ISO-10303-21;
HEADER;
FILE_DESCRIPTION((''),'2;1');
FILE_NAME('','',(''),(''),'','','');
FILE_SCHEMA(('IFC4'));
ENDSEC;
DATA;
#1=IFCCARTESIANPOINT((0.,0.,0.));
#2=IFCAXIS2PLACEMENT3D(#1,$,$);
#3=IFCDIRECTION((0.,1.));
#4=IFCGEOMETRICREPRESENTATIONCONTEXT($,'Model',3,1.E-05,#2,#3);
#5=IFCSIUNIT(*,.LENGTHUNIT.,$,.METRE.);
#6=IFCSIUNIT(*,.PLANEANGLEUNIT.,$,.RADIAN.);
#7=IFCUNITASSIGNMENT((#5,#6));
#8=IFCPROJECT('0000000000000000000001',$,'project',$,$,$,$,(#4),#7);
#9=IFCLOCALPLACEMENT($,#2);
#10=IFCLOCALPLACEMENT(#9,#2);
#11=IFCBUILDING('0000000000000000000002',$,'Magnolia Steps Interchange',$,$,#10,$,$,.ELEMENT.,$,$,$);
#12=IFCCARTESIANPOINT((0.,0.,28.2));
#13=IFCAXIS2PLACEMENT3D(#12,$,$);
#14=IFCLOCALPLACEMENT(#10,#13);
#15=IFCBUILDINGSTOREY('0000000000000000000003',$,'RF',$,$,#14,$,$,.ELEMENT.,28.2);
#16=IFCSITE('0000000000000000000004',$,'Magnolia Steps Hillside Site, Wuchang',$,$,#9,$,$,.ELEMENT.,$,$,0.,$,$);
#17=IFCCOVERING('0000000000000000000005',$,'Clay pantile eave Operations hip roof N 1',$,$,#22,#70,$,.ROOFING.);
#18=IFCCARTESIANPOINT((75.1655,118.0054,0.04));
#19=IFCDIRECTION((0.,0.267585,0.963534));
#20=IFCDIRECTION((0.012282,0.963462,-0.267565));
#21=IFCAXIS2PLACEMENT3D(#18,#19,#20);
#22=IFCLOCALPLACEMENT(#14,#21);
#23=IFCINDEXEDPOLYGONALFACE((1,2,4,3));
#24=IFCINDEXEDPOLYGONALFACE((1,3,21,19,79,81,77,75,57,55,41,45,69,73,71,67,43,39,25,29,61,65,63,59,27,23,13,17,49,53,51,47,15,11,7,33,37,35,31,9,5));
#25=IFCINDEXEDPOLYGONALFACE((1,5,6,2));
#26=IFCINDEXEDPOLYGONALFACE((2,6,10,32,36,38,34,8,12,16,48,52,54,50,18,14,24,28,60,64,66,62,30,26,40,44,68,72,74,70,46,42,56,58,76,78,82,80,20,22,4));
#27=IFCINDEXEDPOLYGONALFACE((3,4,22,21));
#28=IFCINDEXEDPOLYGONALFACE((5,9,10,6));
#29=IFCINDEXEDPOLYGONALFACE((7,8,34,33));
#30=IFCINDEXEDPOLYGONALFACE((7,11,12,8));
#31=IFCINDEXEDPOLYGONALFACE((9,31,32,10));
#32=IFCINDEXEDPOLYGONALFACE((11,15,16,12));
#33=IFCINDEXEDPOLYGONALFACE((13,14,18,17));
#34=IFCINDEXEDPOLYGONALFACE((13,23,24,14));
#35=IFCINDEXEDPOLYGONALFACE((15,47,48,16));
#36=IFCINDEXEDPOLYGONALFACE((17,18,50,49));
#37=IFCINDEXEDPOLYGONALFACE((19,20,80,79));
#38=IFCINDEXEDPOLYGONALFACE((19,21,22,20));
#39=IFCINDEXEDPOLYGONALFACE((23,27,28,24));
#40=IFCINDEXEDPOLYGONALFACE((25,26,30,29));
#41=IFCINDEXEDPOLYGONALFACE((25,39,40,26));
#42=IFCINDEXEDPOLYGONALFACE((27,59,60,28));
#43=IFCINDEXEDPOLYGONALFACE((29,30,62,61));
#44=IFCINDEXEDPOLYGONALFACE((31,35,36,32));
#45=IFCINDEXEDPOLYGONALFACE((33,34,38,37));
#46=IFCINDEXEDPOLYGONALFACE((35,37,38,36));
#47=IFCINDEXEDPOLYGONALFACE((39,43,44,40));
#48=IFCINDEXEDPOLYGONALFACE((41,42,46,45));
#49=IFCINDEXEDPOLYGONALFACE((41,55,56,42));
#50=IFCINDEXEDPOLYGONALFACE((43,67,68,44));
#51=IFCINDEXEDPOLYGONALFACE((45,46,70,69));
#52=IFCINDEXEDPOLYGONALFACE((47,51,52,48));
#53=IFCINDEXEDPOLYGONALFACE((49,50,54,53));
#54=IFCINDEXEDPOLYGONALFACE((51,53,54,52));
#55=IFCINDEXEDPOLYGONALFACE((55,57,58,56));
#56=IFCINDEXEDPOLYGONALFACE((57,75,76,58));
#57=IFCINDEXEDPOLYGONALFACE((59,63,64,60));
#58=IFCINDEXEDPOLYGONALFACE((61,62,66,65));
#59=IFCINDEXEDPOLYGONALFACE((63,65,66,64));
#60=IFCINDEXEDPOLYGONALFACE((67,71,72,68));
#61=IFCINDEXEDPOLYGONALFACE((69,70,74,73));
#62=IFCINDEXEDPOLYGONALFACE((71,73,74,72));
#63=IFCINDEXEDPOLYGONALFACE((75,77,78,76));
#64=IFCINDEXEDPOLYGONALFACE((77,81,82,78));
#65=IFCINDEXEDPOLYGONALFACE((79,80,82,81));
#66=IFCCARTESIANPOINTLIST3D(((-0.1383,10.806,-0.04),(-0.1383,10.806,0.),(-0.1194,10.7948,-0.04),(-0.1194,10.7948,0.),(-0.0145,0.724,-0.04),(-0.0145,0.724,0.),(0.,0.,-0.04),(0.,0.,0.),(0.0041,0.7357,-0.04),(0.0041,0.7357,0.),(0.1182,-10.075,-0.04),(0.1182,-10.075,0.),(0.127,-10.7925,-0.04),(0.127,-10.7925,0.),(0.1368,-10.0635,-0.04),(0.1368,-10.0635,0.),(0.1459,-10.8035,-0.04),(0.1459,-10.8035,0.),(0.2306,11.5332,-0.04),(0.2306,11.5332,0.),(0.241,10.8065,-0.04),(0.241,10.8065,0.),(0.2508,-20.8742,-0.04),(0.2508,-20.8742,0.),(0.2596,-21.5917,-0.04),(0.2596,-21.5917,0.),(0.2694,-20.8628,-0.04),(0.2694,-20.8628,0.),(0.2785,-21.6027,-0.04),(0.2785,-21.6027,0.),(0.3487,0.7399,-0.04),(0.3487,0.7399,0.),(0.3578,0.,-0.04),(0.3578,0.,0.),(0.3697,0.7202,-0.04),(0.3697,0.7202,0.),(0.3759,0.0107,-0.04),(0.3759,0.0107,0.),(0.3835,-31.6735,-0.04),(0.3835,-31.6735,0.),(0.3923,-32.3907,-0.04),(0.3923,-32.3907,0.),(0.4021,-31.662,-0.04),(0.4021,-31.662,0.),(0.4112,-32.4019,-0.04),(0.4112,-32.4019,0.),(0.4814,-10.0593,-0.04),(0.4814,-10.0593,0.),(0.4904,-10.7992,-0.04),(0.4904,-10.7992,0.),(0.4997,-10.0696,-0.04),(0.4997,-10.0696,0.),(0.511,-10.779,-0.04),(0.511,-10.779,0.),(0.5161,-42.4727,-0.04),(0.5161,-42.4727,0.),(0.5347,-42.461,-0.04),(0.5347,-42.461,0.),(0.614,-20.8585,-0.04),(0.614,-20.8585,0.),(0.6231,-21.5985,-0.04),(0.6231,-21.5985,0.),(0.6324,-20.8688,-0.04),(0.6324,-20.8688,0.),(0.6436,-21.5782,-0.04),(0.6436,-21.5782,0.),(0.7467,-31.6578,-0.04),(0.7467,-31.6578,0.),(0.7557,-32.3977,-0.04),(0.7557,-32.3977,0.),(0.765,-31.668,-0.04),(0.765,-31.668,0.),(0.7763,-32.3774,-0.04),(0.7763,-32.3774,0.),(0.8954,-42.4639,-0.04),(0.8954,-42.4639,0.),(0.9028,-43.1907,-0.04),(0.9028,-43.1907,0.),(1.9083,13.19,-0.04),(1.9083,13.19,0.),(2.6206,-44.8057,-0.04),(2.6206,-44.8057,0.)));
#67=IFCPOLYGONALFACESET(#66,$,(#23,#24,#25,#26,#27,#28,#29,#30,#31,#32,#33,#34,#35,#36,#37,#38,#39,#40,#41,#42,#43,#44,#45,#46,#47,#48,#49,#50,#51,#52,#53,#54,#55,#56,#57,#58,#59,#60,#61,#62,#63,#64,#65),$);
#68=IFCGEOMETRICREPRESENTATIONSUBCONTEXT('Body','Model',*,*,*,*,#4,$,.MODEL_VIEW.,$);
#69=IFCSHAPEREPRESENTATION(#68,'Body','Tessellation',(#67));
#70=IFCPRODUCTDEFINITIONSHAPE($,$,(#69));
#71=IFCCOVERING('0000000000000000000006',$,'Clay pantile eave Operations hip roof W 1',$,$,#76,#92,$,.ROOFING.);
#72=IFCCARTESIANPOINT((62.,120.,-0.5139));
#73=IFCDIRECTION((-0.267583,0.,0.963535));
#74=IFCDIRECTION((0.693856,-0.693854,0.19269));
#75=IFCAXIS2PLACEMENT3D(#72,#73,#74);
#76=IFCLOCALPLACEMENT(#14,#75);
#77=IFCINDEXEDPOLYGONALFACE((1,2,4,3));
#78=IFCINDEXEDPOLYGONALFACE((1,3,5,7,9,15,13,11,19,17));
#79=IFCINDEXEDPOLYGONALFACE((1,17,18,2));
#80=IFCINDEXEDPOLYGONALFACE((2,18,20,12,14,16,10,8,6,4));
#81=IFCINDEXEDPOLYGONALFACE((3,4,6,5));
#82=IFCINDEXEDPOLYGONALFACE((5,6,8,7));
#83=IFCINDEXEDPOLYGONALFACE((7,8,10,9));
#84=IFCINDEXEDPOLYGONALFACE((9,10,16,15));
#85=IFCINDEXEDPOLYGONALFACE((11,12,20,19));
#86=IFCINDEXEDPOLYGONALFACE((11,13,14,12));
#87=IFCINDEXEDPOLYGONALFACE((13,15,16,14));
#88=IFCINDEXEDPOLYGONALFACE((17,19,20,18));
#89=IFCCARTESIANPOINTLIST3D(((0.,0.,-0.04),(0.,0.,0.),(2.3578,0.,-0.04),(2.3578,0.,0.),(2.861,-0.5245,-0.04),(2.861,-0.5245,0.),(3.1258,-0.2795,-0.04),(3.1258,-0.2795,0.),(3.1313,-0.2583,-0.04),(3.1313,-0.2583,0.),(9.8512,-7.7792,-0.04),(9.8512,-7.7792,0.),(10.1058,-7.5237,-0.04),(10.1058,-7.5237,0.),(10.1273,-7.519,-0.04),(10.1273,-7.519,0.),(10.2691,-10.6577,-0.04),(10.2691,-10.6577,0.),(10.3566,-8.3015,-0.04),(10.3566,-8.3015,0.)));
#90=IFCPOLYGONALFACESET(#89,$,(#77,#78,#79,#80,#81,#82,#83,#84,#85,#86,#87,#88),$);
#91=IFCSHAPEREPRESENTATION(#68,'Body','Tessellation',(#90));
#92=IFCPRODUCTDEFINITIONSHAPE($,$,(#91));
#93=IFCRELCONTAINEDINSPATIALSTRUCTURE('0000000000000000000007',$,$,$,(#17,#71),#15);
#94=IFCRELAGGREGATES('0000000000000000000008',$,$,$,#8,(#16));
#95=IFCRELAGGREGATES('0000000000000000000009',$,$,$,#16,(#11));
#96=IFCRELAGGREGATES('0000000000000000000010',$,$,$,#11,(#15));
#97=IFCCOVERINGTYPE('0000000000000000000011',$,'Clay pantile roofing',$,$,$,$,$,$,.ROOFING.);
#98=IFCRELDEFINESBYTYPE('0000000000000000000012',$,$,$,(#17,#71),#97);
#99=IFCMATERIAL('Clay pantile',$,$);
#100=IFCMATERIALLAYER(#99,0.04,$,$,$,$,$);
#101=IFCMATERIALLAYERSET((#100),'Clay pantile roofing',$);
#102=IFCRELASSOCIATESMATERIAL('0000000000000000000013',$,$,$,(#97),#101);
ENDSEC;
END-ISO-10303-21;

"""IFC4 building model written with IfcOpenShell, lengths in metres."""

from ifc_helpers import new_model, si_unit, direction, frame, origin, place, context, subcontext, project, spatial, polyline, outline, extrude, material, layer, layer_set, type_object, element, save


model = new_model("IFC4")

# Units and contexts
model_context = context("Model", 3, precision=1e-05, world=origin(), true_north=direction((0.0, 1.0)))
body_context = subcontext(model_context, "Body", "Model", "MODEL_VIEW")
ifc_project = project(units=[si_unit("LENGTHUNIT", "METRE"), si_unit("PLANEANGLEUNIT", "RADIAN")], contexts=[model_context])

# Site, building, storey
site_placement = place(None, origin())
site = spatial("IfcSite", under=ifc_project, at=site_placement, Name="Magnolia Steps Hillside Site, Wuchang", CompositionType="ELEMENT", RefElevation=0.0)
building_placement = place(site_placement, origin())
building = spatial("IfcBuilding", under=site, at=building_placement, Name="Magnolia Steps Interchange", CompositionType="ELEMENT")
storey_placement = place(building_placement, frame((0.0, 0.0, 28.2)))
storey = spatial("IfcBuildingStorey", under=building, at=storey_placement, Name="RF", CompositionType="ELEMENT", Elevation=28.2)

# Coverings
ifc_material_1 = material(Name="Clay pantile")
ifc_layer_1 = layer(ifc_material_1, 0.04)
ifc_layer_set_1 = layer_set([ifc_layer_1], Name="Clay pantile roofing")
covering_type_1 = type_object("IfcCoveringType", Name="Clay pantile roofing", PredefinedType="ROOFING", material=ifc_layer_set_1)
covering_1_placement = place(storey_placement, frame((75.1655, 118.0054, 0.04), z_axis=(0.0, 0.267585, 0.963534), x_axis=(0.012282, 0.963462, -0.267565)))
element("IfcCovering", 1, at=covering_1_placement, inside=storey, type_object=covering_type_1, Name="Clay pantile eave Operations hip roof N 1", PredefinedType="ROOFING", context=body_context, shape_type="SweptSolid", body=[
    extrude(outline(polyline([(0.0, 0.0), (0.3578, 0.0), (0.3759, 0.0107), (0.3697, 0.7202), (0.3487, 0.7399), (0.0041, 0.7357), (-0.0145, 0.724), (-0.1383, 10.806), (-0.1194, 10.7948), (0.241, 10.8065), (0.2306, 11.5332), (1.9083, 13.19), (2.6206, -44.8057), (0.9028, -43.1907), (0.8954, -42.4639), (0.5347, -42.461), (0.5161, -42.4727), (0.3923, -32.3907), (0.4112, -32.4019), (0.7557, -32.3977), (0.7763, -32.3774), (0.765, -31.668), (0.7467, -31.6578), (0.4021, -31.662), (0.3835, -31.6735), (0.2596, -21.5917), (0.2785, -21.6027), (0.6231, -21.5985), (0.6436, -21.5782), (0.6324, -20.8688), (0.614, -20.8585), (0.2694, -20.8628), (0.2508, -20.8742), (0.127, -10.7925), (0.1459, -10.8035), (0.4904, -10.7992), (0.511, -10.779), (0.4997, -10.0696), (0.4814, -10.0593), (0.1368, -10.0635), (0.1182, -10.075), (0.0, 0.0)])), origin(), (0.0, 0.0, -1.0), 0.04),
])
covering_2_placement = place(storey_placement, frame((62.0, 120.0, -0.5139), z_axis=(-0.267583, 0.0, 0.963535), x_axis=(0.693856, -0.693854, 0.19269)))
element("IfcCovering", 2, at=covering_2_placement, inside=storey, type_object=covering_type_1, Name="Clay pantile eave Operations hip roof W 1", PredefinedType="ROOFING", context=body_context, shape_type="SweptSolid", body=[
    extrude(outline(polyline([(0.0, 0.0), (2.3578, 0.0), (2.861, -0.5245), (3.1258, -0.2795), (3.1313, -0.2583), (10.1273, -7.519), (10.1058, -7.5237), (9.8512, -7.7792), (10.3566, -8.3015), (10.2691, -10.6577), (0.0, 0.0)])), origin(), (0.0, 0.0, -1.0), 0.04),
])

save(model, "model.ifc")
